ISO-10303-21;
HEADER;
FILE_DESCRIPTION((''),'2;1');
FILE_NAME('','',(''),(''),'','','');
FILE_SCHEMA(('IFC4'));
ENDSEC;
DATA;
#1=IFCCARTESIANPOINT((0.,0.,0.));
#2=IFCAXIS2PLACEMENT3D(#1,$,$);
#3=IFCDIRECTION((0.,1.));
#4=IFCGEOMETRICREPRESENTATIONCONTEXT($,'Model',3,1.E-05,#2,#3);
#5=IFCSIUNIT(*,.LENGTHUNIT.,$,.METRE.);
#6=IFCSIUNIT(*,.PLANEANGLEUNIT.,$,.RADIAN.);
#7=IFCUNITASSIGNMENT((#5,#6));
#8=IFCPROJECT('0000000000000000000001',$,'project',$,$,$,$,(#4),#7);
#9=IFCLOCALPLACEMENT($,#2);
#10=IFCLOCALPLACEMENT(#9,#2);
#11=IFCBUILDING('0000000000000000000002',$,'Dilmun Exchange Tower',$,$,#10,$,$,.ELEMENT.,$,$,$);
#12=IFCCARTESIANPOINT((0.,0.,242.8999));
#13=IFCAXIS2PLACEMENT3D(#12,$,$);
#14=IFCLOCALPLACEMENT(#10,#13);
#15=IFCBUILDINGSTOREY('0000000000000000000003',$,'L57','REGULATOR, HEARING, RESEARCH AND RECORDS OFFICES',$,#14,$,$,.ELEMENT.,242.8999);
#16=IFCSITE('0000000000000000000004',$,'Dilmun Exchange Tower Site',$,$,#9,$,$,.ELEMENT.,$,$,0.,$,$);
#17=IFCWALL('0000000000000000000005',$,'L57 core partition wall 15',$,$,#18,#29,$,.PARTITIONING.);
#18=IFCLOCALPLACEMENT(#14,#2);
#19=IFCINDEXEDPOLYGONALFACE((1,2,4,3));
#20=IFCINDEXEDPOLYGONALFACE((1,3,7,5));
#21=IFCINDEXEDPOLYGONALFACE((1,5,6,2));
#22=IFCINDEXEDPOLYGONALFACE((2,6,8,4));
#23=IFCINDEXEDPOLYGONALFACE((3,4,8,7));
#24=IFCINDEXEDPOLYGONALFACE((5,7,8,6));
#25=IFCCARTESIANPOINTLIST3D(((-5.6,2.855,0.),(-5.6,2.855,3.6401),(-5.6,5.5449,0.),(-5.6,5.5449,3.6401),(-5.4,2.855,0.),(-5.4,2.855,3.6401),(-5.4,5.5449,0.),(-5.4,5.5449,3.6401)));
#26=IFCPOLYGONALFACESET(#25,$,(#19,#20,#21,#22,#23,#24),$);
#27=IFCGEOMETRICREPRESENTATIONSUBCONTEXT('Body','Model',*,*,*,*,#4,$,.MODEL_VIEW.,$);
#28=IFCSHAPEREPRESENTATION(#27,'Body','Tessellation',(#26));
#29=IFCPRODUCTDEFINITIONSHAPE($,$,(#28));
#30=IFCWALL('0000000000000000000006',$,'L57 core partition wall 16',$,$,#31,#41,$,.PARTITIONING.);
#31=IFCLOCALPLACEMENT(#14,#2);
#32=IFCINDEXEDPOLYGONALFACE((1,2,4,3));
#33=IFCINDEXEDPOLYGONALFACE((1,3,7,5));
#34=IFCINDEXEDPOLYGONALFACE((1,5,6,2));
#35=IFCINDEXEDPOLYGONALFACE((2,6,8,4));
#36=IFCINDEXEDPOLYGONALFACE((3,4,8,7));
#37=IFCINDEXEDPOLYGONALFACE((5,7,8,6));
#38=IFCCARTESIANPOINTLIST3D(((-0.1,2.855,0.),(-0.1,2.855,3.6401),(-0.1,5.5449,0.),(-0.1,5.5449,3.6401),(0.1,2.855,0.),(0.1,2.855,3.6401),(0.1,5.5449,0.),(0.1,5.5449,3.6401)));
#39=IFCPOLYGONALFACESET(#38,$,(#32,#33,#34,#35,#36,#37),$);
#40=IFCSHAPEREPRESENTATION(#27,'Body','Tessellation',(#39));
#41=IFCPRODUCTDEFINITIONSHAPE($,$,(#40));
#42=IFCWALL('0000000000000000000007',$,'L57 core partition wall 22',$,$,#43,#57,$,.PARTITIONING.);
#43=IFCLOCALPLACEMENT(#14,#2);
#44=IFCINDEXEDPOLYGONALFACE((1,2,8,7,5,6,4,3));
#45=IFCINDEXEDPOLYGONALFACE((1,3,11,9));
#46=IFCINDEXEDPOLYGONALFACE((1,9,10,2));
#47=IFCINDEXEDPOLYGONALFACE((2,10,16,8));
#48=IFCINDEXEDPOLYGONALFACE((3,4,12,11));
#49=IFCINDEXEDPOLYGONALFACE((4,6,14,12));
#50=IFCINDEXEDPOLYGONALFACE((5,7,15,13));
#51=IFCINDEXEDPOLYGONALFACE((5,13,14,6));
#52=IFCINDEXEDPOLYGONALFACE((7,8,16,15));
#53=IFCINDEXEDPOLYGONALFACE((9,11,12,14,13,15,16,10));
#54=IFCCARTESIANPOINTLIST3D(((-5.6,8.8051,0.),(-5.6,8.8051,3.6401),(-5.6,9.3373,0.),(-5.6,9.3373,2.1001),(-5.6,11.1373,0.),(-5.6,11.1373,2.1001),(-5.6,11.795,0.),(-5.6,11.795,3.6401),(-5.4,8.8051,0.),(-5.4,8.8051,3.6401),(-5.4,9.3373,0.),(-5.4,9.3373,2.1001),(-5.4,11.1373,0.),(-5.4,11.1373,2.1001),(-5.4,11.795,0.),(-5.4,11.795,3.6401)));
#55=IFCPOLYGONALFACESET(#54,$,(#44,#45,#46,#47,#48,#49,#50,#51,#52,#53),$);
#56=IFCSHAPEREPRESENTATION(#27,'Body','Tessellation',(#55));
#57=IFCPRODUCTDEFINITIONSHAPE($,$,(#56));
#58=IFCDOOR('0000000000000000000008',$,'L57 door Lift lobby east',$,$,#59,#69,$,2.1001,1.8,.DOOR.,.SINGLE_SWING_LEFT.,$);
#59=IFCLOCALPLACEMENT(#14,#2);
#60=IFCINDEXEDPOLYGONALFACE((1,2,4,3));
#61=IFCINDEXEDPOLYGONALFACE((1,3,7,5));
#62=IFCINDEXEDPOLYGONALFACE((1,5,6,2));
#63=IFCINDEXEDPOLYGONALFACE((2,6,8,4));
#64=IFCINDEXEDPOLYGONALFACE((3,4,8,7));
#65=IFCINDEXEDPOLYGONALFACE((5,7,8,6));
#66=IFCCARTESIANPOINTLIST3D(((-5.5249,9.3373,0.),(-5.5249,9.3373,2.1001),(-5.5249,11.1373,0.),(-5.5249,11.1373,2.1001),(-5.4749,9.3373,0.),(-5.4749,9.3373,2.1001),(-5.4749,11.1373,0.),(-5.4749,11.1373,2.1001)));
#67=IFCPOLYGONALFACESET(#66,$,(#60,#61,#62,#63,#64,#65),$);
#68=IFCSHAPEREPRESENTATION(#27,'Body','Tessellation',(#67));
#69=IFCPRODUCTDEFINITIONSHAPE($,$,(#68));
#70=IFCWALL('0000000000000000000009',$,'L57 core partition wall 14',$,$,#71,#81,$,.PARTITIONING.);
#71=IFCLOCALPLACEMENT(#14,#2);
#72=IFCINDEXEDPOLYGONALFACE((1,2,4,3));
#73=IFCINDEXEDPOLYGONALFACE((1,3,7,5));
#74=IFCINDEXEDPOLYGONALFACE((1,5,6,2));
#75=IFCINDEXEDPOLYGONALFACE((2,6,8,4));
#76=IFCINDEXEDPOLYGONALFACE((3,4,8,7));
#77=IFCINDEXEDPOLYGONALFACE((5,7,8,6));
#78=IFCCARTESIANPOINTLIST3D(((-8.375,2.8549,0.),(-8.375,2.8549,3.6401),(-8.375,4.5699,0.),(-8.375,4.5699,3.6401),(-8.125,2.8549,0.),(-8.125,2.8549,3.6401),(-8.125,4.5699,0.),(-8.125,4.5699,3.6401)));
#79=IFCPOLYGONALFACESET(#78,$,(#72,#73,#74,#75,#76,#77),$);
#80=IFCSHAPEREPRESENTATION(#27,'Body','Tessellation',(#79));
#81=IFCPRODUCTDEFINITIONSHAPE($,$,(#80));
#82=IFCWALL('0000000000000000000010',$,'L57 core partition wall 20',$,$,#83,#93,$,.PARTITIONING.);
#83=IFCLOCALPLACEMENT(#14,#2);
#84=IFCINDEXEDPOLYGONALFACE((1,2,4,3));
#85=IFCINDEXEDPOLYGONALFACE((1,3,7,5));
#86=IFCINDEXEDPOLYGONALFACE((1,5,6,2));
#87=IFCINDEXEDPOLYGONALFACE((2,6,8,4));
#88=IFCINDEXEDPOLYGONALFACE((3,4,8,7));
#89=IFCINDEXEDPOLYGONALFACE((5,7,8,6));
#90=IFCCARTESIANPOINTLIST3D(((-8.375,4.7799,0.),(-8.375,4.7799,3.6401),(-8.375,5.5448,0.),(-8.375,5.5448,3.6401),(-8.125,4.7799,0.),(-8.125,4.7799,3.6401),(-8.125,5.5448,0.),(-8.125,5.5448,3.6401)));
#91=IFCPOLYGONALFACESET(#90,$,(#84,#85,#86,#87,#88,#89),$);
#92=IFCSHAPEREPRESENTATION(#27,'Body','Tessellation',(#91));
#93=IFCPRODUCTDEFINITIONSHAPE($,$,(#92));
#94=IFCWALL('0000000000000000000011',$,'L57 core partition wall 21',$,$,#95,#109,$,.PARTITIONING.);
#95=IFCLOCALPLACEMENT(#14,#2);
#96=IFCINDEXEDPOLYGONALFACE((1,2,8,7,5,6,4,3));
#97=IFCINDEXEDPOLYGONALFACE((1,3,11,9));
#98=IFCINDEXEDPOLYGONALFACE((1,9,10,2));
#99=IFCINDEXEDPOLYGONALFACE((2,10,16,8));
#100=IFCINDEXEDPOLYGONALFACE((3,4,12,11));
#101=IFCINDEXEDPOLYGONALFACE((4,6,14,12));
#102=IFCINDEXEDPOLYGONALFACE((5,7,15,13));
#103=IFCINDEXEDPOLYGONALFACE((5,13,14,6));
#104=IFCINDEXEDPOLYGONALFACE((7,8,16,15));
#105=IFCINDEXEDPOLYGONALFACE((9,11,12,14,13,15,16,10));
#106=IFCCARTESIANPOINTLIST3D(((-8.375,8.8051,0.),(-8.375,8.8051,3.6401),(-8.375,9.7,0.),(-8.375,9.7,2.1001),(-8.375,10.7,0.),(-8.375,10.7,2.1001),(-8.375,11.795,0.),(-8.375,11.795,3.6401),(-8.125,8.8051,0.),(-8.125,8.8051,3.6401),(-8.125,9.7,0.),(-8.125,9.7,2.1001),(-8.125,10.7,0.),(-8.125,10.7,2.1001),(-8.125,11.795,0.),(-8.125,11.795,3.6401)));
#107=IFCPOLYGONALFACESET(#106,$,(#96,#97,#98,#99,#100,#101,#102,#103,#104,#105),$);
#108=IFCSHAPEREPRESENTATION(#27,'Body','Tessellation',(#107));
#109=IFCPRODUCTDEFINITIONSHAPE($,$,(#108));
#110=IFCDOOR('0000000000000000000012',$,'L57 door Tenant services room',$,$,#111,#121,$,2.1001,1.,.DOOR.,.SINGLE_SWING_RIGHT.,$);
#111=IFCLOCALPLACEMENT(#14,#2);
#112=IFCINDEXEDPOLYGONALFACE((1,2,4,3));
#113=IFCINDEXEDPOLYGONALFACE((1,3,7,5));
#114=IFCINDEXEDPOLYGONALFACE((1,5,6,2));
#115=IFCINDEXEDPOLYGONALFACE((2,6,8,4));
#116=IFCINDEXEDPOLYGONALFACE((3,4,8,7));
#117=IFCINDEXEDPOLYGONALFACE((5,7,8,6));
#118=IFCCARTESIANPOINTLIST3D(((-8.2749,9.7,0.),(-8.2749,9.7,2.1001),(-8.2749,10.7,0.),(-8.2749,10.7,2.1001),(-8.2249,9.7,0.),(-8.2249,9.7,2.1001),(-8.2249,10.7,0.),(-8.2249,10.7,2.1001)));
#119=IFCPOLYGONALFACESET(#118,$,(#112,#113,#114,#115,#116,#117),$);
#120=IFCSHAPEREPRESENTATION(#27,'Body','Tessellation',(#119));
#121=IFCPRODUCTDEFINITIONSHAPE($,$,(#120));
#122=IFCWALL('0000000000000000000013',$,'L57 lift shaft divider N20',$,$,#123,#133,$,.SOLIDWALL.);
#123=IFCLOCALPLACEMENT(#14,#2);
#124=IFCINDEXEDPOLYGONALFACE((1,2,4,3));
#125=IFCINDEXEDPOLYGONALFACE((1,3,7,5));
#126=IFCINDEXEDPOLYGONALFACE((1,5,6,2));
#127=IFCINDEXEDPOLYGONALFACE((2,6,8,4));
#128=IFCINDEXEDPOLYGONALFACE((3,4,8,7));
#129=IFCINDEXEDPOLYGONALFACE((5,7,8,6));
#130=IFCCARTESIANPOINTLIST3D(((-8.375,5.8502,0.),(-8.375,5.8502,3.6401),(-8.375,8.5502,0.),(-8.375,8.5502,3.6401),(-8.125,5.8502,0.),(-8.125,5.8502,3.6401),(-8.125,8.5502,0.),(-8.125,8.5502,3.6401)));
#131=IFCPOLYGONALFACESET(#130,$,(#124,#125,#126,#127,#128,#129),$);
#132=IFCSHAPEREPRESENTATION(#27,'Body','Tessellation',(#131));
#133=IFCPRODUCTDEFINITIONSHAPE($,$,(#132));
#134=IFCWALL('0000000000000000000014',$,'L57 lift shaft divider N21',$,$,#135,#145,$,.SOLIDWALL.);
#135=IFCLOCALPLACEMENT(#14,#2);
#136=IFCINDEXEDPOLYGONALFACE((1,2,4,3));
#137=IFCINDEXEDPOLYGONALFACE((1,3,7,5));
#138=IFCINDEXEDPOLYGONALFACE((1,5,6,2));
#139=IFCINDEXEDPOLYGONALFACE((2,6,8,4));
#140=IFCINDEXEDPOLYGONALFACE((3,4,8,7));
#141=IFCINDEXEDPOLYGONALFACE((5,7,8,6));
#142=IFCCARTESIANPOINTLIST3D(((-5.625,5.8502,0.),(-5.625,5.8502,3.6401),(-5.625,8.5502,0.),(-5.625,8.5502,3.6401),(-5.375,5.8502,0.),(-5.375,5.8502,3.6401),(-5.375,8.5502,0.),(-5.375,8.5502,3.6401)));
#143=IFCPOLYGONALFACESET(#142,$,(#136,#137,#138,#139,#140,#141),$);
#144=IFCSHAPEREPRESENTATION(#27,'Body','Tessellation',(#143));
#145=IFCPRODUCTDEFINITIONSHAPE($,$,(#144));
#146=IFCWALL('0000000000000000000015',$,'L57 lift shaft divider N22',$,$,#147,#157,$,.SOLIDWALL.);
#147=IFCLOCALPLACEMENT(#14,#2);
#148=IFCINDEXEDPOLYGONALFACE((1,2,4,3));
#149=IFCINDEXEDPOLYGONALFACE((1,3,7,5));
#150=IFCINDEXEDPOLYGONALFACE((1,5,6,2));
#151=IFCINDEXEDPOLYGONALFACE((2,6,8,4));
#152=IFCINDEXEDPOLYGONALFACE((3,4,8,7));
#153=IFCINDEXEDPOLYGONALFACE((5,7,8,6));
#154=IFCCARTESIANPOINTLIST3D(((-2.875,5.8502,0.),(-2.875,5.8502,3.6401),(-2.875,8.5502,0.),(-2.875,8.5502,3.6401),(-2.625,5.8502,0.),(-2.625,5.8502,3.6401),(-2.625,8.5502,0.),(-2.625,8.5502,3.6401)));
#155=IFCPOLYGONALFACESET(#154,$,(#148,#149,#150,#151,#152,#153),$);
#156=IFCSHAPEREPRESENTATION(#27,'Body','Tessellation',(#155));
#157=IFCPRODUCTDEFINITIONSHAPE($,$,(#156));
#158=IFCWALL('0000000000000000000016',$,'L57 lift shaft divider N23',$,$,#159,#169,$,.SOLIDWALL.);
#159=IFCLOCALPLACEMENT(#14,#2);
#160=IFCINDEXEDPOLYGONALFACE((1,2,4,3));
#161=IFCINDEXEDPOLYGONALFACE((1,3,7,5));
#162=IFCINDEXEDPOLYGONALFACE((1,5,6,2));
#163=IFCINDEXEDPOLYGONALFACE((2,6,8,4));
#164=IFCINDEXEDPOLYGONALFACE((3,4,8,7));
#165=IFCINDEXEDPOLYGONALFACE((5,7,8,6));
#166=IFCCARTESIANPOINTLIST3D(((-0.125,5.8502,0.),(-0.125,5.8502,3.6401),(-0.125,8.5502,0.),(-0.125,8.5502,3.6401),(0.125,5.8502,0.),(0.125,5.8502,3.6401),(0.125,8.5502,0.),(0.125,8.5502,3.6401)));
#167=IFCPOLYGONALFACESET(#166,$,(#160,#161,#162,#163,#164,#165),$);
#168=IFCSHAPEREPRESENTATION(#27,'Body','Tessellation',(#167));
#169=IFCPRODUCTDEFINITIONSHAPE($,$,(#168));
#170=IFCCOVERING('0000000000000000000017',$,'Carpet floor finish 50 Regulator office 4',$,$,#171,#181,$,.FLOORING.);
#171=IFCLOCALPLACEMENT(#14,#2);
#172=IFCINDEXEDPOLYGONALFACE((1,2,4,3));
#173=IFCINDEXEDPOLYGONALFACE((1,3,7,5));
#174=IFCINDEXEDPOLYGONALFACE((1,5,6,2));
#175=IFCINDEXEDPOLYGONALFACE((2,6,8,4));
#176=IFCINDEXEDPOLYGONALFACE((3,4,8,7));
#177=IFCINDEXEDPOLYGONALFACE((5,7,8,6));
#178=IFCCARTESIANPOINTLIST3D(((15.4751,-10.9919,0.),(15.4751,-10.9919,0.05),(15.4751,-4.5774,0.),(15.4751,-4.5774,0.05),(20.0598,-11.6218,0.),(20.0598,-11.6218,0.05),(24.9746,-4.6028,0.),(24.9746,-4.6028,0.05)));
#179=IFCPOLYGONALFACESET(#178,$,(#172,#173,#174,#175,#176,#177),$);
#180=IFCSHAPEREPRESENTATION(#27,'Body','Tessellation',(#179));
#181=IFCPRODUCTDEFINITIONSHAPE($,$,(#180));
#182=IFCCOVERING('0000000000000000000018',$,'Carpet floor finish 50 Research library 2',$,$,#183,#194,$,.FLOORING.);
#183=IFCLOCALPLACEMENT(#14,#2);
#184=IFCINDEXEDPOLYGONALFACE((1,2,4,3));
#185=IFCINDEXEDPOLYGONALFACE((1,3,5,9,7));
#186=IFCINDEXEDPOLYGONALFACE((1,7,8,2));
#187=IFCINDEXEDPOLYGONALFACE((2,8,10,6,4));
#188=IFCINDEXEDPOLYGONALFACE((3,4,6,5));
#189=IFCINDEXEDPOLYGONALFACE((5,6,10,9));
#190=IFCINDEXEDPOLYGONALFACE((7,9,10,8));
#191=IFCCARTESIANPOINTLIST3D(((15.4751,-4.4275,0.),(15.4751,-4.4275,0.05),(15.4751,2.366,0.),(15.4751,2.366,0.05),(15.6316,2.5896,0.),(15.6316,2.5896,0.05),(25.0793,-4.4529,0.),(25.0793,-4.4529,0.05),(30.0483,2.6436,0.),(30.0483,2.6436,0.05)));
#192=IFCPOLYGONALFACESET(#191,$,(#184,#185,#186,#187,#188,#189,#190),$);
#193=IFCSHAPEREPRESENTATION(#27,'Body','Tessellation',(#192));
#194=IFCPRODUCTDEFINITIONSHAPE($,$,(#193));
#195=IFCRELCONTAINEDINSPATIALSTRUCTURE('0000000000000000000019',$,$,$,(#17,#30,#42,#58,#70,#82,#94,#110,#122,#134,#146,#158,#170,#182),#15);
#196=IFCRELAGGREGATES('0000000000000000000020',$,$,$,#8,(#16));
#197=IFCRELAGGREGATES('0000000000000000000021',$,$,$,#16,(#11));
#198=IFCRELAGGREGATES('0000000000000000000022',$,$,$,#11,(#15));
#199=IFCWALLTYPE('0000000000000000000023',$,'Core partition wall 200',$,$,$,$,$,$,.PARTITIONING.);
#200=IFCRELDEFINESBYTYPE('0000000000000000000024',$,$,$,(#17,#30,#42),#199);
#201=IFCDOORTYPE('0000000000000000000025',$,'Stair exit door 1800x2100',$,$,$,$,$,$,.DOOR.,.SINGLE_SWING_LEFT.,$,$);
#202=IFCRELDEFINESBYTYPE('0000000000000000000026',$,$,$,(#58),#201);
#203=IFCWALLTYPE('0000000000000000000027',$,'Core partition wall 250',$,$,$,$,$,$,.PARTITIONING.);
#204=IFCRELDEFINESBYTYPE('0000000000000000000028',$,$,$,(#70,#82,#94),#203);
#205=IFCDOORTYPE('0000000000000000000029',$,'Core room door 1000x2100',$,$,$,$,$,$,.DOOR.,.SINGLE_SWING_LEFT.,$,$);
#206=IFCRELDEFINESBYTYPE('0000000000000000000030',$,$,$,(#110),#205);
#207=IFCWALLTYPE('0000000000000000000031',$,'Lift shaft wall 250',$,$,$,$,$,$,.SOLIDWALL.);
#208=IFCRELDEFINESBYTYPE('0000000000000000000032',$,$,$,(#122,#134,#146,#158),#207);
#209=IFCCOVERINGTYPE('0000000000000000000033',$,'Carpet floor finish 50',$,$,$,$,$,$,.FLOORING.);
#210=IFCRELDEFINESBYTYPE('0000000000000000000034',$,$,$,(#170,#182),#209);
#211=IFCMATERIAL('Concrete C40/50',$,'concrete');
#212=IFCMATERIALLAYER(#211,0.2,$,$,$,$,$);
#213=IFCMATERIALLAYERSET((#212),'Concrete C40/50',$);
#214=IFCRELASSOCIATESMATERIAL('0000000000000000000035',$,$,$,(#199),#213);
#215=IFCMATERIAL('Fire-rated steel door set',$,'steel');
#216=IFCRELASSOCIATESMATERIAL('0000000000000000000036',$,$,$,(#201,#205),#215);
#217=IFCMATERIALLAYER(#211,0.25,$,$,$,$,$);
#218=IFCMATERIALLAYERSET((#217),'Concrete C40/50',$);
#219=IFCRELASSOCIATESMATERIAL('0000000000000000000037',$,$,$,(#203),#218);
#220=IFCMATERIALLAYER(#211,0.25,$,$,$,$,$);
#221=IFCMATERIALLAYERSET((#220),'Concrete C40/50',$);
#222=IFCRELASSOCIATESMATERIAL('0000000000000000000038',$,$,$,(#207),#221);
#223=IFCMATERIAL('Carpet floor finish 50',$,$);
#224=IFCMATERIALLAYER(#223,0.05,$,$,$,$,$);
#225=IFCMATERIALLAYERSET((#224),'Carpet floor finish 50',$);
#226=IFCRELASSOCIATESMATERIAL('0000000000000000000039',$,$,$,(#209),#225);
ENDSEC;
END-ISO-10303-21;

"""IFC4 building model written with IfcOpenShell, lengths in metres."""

from ifc_helpers import new_model, si_unit, direction, frame, frame_2d, origin, place, context, subcontext, project, spatial, polyline, rectangle, outline, extrude, material, layer, layer_set, type_object, element, fill, save


model = new_model("IFC4")

# Units and contexts
model_context = context("Model", 3, precision=1e-05, world=origin(), true_north=direction((0.0, 1.0)))
body_context = subcontext(model_context, "Body", "Model", "MODEL_VIEW")
ifc_project = project(units=[si_unit("LENGTHUNIT", "METRE"), si_unit("PLANEANGLEUNIT", "RADIAN")], contexts=[model_context])

# Site, building, storey
site_placement = place(None, origin())
site = spatial("IfcSite", under=ifc_project, at=site_placement, Name="Dilmun Exchange Tower Site", CompositionType="ELEMENT", RefElevation=0.0)
building_placement = place(site_placement, origin())
building = spatial("IfcBuilding", under=site, at=building_placement, Name="Dilmun Exchange Tower", CompositionType="ELEMENT")
storey_placement = place(building_placement, frame((0.0, 0.0, 242.8999)))
storey = spatial("IfcBuildingStorey", under=building, at=storey_placement, Name="L57", Description="REGULATOR, HEARING, RESEARCH AND RECORDS OFFICES", CompositionType="ELEMENT", Elevation=242.8999)

# Walls
ifc_material_1 = material(Name="Concrete C40/50", Category="concrete")
ifc_layer_1 = layer(ifc_material_1, 0.2)
ifc_layer_set_1 = layer_set([ifc_layer_1], Name="Concrete C40/50")
wall_type_1 = type_object("IfcWallType", Name="Core partition wall 200", PredefinedType="PARTITIONING", material=ifc_layer_set_1)
for number, where, z_axis, x_axis, name in (
    (1, (-5.5, 2.855, 0.0), (0.0, 0.0, 1.0), (0.0, 1.0, 0.0), "L57 core partition wall 15"),
    (2, (0.0, 2.855, 0.0), (0.0, 0.0, 1.0), (0.0, 1.0, 0.0), "L57 core partition wall 16"),
):
    element("IfcWall", number, at=place(storey_placement, frame(where, z_axis=z_axis, x_axis=x_axis)), inside=storey, type_object=wall_type_1, Name=name, PredefinedType="PARTITIONING", context=body_context, shape_type="SweptSolid", body=[
        extrude(rectangle(XDim=2.6899, YDim=0.2, at=frame_2d((1.345, 0.0))), origin(), (0.0, 0.0, 1.0), 3.6401),
    ])

# Wall, opening, door
wall_1_placement = place(storey_placement, frame((-5.5, 8.8049, 0.0), z_axis=(0.0, 0.0, 1.0), x_axis=(0.0, 1.0, 0.0)))
wall_1 = element("IfcWall", 3, at=wall_1_placement, inside=storey, type_object=wall_type_1, Name="L57 core partition wall 22", PredefinedType="PARTITIONING", context=body_context, shape_type="SweptSolid", body=[
    extrude(rectangle(XDim=2.99, YDim=0.2, at=frame_2d((1.4951, 0.0))), origin(), (0.0, 0.0, 1.0), 3.6401),
])
opening_1_placement = place(wall_1_placement, frame((0.5325, 0.0, 0.0)))
opening_1 = element("IfcOpeningElement", 4, at=opening_1_placement, cuts=wall_1, PredefinedType="OPENING", context=body_context, shape_type="SweptSolid", body=[
    extrude(rectangle(XDim=1.8, YDim=2.1001, at=frame_2d((0.8999, 1.05))), frame((0.0, 0.1099, 0.0), z_axis=(0.0, -1.0, 0.0), x_axis=(1.0, 0.0, 0.0)), (0.0, 0.0, 1.0), 0.22),
])
ifc_material_2 = material(Name="Fire-rated steel door set", Category="steel")
door_type_1 = type_object("IfcDoorType", Name="Stair exit door 1800x2100", OperationType="SINGLE_SWING_LEFT", PredefinedType="DOOR", material=ifc_material_2)
door_1_placement = place(opening_1_placement, origin())
door_1 = element("IfcDoor", 5, at=door_1_placement, inside=storey, type_object=door_type_1, Name="L57 door Lift lobby east", OperationType="SINGLE_SWING_LEFT", OverallHeight=2.1001, OverallWidth=1.8, PredefinedType="DOOR", context=body_context, shape_type="SweptSolid", body=[
    extrude(rectangle(XDim=1.8, YDim=2.1001, at=frame_2d((0.8999, 1.05))), frame((0.0, 0.0249, 0.0), z_axis=(0.0, -1.0, 0.0), x_axis=(1.0, 0.0, 0.0)), (0.0, 0.0, 1.0), 0.05),
])
fill(opening_1, door_1)

# Walls
ifc_layer_2 = layer(ifc_material_1, 0.25)
ifc_layer_set_2 = layer_set([ifc_layer_2], Name="Concrete C40/50")
wall_type_2 = type_object("IfcWallType", Name="Core partition wall 250", PredefinedType="PARTITIONING", material=ifc_layer_set_2)
wall_2_placement = place(storey_placement, frame((-8.25, 2.855, 0.0), z_axis=(0.0, 0.0, 1.0), x_axis=(0.0, 1.0, 0.0)))
element("IfcWall", 6, at=wall_2_placement, inside=storey, type_object=wall_type_2, Name="L57 core partition wall 14", PredefinedType="PARTITIONING", context=body_context, shape_type="SweptSolid", body=[
    extrude(rectangle(XDim=1.7151, YDim=0.25, at=frame_2d((0.8574, 0.0))), origin(), (0.0, 0.0, 1.0), 3.6401),
])
wall_3_placement = place(storey_placement, frame((-8.25, 4.78, 0.0), z_axis=(0.0, 0.0, 1.0), x_axis=(0.0, 1.0, 0.0)))
element("IfcWall", 7, at=wall_3_placement, inside=storey, type_object=wall_type_2, Name="L57 core partition wall 20", PredefinedType="PARTITIONING", context=body_context, shape_type="SweptSolid", body=[
    extrude(rectangle(XDim=0.7649, YDim=0.25, at=frame_2d((0.3823, 0.0))), origin(), (0.0, 0.0, 1.0), 3.6401),
])

# Wall, opening, door
wall_4_placement = place(storey_placement, frame((-8.25, 8.8049, 0.0), z_axis=(0.0, 0.0, 1.0), x_axis=(0.0, 1.0, 0.0)))
wall_4 = element("IfcWall", 8, at=wall_4_placement, inside=storey, type_object=wall_type_2, Name="L57 core partition wall 21", PredefinedType="PARTITIONING", context=body_context, shape_type="SweptSolid", body=[
    extrude(rectangle(XDim=2.99, YDim=0.25, at=frame_2d((1.4951, 0.0))), origin(), (0.0, 0.0, 1.0), 3.6401),
])
opening_2_placement = place(wall_4_placement, frame((0.895, 0.0, 0.0)))
opening_2 = element("IfcOpeningElement", 9, at=opening_2_placement, cuts=wall_4, PredefinedType="OPENING", context=body_context, shape_type="SweptSolid", body=[
    extrude(rectangle(XDim=1.0, YDim=2.1001, at=frame_2d((0.5, 1.05))), frame((0.0, 0.135, 0.0), z_axis=(0.0, -1.0, 0.0), x_axis=(1.0, 0.0, 0.0)), (0.0, 0.0, 1.0), 0.27),
])
door_type_2 = type_object("IfcDoorType", Name="Core room door 1000x2100", OperationType="SINGLE_SWING_LEFT", PredefinedType="DOOR", material=ifc_material_2)
door_2_placement = place(opening_2_placement, origin())
door_2 = element("IfcDoor", 10, at=door_2_placement, inside=storey, type_object=door_type_2, Name="L57 door Tenant services room", OperationType="SINGLE_SWING_RIGHT", OverallHeight=2.1001, OverallWidth=1.0, PredefinedType="DOOR", context=body_context, shape_type="SweptSolid", body=[
    extrude(rectangle(XDim=1.0, YDim=2.1001, at=frame_2d((0.5, 1.05))), frame((0.0, 0.0249, 0.0), z_axis=(0.0, -1.0, 0.0), x_axis=(1.0, 0.0, 0.0)), (0.0, 0.0, 1.0), 0.05),
])
fill(opening_2, door_2)

# Walls
ifc_layer_3 = layer(ifc_material_1, 0.25)
ifc_layer_set_3 = layer_set([ifc_layer_3], Name="Concrete C40/50")
wall_type_3 = type_object("IfcWallType", Name="Lift shaft wall 250", PredefinedType="SOLIDWALL", material=ifc_layer_set_3)
for number, where, z_axis, x_axis, name in (
    (11, (-8.25, 5.8501, 0.0), (0.0, 0.0, 1.0), (0.0, 1.0, 0.0), "L57 lift shaft divider N20"),
    (12, (-5.5, 5.8501, 0.0), (0.0, 0.0, 1.0), (0.0, 1.0, 0.0), "L57 lift shaft divider N21"),
    (13, (-2.75, 5.8501, 0.0), (0.0, 0.0, 1.0), (0.0, 1.0, 0.0), "L57 lift shaft divider N22"),
    (14, (0.0, 5.8501, 0.0), (0.0, 0.0, 1.0), (0.0, 1.0, 0.0), "L57 lift shaft divider N23"),
):
    element("IfcWall", number, at=place(storey_placement, frame(where, z_axis=z_axis, x_axis=x_axis)), inside=storey, type_object=wall_type_3, Name=name, PredefinedType="SOLIDWALL", context=body_context, shape_type="SweptSolid", body=[
        extrude(rectangle(XDim=2.7, YDim=0.25, at=frame_2d((1.3501, 0.0))), origin(), (0.0, 0.0, 1.0), 3.6401),
    ])

# Coverings
ifc_material_3 = material(Name="Carpet floor finish 50")
ifc_layer_4 = layer(ifc_material_3, 0.05)
ifc_layer_set_4 = layer_set([ifc_layer_4], Name="Carpet floor finish 50")
covering_type = type_object("IfcCoveringType", Name="Carpet floor finish 50", PredefinedType="FLOORING", material=ifc_layer_set_4)
covering_1_placement = place(storey_placement, origin())
element("IfcCovering", 15, at=covering_1_placement, inside=storey, type_object=covering_type, Name="Carpet floor finish 50 Regulator office 4", PredefinedType="FLOORING", context=body_context, shape_type="SweptSolid", body=[
    extrude(outline(polyline([(15.4751, -10.9919), (15.4751, -4.5774), (24.9746, -4.6028), (20.0598, -11.6218), (15.4751, -10.9919)])), origin(), (0.0, 0.0, 1.0), 0.05),
])
covering_2_placement = place(storey_placement, origin())
element("IfcCovering", 16, at=covering_2_placement, inside=storey, type_object=covering_type, Name="Carpet floor finish 50 Research library 2", PredefinedType="FLOORING", context=body_context, shape_type="SweptSolid", body=[
    extrude(outline(polyline([(15.4751, -4.4275), (15.4751, 2.366), (15.6316, 2.5896), (30.0483, 2.6436), (25.0793, -4.4529), (15.4751, -4.4275)])), origin(), (0.0, 0.0, 1.0), 0.05),
])

save(model, "model.ifc")
